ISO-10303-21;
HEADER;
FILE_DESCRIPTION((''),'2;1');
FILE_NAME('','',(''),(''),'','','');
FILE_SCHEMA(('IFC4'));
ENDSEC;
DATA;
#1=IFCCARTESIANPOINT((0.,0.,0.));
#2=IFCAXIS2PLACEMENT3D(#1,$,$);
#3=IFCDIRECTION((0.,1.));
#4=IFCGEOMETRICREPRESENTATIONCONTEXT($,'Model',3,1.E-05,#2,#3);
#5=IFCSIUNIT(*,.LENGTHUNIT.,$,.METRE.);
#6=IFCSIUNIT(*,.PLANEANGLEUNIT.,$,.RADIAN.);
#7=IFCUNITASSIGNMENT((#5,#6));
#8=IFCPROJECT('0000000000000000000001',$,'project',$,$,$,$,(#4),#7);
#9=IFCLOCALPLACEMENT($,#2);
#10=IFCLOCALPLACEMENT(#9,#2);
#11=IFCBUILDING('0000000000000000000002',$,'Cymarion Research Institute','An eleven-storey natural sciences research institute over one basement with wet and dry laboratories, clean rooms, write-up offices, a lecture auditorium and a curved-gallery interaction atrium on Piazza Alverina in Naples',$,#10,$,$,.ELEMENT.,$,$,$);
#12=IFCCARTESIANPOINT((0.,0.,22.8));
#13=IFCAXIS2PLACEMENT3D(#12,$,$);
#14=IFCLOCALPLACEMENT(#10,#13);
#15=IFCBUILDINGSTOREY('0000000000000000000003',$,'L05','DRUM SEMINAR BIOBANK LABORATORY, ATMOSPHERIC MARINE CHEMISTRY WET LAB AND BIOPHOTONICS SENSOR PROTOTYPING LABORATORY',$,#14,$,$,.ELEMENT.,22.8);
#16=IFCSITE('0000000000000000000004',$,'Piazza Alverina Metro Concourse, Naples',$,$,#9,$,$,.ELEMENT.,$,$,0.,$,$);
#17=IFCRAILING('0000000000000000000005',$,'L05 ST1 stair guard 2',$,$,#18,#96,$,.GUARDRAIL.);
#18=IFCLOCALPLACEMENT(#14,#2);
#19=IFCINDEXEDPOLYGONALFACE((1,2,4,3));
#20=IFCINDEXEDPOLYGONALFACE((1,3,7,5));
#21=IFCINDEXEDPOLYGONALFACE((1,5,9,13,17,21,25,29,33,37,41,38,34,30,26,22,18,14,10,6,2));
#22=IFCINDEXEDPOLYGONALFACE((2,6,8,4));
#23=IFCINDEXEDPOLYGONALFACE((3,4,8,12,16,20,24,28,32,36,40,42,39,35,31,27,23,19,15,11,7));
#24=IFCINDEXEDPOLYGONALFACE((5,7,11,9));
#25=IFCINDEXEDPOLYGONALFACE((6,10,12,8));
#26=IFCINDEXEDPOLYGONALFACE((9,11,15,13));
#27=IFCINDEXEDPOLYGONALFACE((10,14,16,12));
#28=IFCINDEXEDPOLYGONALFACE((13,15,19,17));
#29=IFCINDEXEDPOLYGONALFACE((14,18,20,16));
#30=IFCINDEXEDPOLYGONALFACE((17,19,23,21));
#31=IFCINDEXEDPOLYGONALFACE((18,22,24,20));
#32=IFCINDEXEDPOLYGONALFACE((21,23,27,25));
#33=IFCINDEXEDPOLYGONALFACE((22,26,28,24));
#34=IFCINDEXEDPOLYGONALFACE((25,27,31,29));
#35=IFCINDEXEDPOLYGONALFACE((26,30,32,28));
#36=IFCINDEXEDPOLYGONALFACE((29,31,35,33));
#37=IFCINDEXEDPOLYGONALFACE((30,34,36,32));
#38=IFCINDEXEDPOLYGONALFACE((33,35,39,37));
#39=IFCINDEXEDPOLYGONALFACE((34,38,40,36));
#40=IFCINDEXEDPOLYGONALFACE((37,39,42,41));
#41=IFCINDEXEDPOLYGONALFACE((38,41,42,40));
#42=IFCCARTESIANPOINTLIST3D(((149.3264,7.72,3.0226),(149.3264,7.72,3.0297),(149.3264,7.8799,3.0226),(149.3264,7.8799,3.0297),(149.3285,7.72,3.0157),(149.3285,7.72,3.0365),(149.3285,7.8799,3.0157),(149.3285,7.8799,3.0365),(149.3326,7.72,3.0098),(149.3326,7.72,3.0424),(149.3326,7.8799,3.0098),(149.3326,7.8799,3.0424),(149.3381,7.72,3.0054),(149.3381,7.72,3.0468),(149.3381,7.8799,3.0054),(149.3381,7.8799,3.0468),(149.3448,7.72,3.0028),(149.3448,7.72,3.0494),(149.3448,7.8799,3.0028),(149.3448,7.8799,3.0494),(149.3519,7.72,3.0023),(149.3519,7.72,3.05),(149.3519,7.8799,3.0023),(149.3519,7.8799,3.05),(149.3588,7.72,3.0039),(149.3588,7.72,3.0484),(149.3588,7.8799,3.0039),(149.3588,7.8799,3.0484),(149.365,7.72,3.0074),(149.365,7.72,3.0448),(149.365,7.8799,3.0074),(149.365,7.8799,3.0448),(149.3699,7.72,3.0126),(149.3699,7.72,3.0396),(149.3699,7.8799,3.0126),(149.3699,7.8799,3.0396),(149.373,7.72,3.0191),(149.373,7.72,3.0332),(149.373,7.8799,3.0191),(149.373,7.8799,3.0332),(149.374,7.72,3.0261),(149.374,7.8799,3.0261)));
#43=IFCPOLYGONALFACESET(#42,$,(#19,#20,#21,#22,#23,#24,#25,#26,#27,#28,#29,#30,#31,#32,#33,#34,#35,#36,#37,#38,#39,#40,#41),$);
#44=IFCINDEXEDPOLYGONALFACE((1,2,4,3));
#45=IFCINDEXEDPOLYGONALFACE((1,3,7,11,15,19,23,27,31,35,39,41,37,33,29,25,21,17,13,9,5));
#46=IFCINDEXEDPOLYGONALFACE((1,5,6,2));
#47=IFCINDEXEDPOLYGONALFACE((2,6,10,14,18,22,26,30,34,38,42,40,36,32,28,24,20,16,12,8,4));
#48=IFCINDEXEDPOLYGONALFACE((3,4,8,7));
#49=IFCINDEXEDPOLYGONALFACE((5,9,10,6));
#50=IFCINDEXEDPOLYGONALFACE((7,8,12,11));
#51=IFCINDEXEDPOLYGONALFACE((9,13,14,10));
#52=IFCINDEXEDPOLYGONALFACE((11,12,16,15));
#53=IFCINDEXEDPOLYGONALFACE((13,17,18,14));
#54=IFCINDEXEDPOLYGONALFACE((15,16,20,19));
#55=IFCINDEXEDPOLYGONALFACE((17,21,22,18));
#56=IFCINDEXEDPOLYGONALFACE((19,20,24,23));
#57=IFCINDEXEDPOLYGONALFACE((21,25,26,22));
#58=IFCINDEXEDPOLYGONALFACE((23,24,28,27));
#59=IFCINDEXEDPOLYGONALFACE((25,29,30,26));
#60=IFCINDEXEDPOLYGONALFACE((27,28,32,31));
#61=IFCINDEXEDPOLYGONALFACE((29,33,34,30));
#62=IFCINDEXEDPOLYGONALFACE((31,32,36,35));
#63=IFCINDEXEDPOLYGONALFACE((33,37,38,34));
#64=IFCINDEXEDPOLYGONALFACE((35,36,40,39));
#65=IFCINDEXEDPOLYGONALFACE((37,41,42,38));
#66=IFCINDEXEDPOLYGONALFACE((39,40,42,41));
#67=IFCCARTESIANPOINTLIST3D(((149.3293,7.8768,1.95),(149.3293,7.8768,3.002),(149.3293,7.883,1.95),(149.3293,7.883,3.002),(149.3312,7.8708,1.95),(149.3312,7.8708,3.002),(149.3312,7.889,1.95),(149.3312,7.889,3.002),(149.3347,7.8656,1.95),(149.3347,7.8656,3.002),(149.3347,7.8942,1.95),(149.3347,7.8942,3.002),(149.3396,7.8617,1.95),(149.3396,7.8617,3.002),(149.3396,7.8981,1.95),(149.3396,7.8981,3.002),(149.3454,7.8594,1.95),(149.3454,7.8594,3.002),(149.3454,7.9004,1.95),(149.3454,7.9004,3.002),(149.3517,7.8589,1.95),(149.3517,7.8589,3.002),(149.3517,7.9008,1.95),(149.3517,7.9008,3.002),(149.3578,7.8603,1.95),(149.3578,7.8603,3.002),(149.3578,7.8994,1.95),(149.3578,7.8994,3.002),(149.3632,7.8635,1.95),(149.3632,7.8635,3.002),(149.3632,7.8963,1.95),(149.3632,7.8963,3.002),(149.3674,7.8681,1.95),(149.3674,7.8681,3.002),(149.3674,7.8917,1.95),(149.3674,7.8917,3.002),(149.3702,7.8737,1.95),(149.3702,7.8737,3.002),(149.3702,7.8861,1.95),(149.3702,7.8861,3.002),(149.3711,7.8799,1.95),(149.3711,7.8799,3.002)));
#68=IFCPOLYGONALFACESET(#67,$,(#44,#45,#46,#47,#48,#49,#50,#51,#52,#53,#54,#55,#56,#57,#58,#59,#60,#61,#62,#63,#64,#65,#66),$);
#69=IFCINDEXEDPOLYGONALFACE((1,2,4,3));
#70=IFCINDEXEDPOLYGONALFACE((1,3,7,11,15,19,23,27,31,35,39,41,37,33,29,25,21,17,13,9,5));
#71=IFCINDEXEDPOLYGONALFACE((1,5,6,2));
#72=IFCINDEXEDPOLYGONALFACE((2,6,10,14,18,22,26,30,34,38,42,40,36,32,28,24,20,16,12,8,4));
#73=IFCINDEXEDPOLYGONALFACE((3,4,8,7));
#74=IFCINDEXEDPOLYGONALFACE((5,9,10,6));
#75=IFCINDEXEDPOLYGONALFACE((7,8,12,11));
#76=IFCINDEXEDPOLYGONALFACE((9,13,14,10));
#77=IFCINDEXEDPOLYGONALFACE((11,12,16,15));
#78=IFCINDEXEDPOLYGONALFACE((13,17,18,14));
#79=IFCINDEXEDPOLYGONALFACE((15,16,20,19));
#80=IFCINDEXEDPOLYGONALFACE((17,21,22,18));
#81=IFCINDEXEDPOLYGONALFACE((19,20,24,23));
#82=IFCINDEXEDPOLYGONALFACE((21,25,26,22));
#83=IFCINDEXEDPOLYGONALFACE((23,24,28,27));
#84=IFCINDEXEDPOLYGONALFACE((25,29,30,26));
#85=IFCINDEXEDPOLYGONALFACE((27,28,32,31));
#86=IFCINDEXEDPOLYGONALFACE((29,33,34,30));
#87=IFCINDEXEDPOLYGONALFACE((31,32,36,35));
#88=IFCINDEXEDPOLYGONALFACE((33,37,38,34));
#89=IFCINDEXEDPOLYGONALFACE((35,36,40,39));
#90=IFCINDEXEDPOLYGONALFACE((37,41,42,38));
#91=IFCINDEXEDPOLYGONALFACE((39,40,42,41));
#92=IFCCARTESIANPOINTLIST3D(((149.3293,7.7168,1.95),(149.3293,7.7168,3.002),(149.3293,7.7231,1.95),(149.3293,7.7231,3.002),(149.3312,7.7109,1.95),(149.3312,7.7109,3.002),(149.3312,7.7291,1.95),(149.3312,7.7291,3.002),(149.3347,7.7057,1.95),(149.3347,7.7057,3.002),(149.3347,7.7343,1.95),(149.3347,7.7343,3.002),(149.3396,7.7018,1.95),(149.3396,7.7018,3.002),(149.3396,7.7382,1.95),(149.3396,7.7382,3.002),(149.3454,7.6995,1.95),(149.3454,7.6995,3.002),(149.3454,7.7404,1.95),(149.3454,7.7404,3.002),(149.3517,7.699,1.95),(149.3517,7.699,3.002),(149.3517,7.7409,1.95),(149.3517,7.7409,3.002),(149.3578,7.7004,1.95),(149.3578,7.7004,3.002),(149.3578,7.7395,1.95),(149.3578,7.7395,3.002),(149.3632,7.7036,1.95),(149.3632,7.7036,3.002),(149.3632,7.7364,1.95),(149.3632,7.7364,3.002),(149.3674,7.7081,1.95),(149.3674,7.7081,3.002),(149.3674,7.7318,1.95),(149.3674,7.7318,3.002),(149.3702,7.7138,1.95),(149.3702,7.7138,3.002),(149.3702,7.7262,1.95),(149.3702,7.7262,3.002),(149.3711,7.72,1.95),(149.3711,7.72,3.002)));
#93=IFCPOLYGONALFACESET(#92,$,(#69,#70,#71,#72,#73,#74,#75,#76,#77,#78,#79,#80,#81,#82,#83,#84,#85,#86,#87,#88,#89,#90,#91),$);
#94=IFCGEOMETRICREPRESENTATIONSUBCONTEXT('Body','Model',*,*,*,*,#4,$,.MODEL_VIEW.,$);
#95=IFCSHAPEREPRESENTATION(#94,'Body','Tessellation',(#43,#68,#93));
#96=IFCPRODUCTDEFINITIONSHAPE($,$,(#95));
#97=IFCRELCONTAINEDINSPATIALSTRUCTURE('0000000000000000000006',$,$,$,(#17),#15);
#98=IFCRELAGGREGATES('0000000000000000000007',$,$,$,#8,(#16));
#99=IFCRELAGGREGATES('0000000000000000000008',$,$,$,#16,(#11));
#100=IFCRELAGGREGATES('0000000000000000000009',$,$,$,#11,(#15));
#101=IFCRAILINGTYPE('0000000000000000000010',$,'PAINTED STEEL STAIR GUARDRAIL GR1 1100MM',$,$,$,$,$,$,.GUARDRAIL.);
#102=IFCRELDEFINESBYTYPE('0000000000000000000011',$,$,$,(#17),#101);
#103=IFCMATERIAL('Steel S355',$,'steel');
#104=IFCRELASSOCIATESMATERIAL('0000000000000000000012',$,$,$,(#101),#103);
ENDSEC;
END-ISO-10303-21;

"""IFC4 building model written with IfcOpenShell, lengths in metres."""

from ifc_helpers import new_model, si_unit, direction, frame, origin, origin_2d, place, context, subcontext, project, spatial, circle, extrude, material, type_object, element, save


model = new_model("IFC4")

# Units and contexts
model_context = context("Model", 3, precision=1e-05, world=origin(), true_north=direction((0.0, 1.0)))
body_context = subcontext(model_context, "Body", "Model", "MODEL_VIEW")
ifc_project = project(units=[si_unit("LENGTHUNIT", "METRE"), si_unit("PLANEANGLEUNIT", "RADIAN")], contexts=[model_context])

# Site, building, storey
site_placement = place(None, origin())
site = spatial("IfcSite", under=ifc_project, at=site_placement, Name="Piazza Alverina Metro Concourse, Naples", CompositionType="ELEMENT", RefElevation=0.0)
building_placement = place(site_placement, origin())
building = spatial("IfcBuilding", under=site, at=building_placement, Name="Cymarion Research Institute", Description="An eleven-storey natural sciences research institute over one basement with wet and dry laboratories, clean rooms, write-up offices, a lecture auditorium and a curved-gallery interaction atrium on Piazza Alverina in Naples", CompositionType="ELEMENT")
storey_placement = place(building_placement, frame((0.0, 0.0, 22.8)))
storey = spatial("IfcBuildingStorey", under=building, at=storey_placement, Name="L05", Description="DRUM SEMINAR BIOBANK LABORATORY, ATMOSPHERIC MARINE CHEMISTRY WET LAB AND BIOPHOTONICS SENSOR PROTOTYPING LABORATORY", CompositionType="ELEMENT", Elevation=22.8)

# Shared definitions
ifc_material_1 = material(Name="Steel S355", Category="steel")

# Railing
railing_type_1 = type_object("IfcRailingType", Name="PAINTED STEEL STAIR GUARDRAIL GR1 1100MM", PredefinedType="GUARDRAIL", material=ifc_material_1)
railing_1_placement = place(storey_placement, frame((149.3501, 7.8799, 1.95)))
element("IfcRailing", 1, at=railing_1_placement, inside=storey, type_object=railing_type_1, Name="L05 ST1 stair guard 2", PredefinedType="GUARDRAIL", context=body_context, shape_type="SweptSolid", body=[
    extrude(circle(Radius=0.0239, at=origin_2d()), frame((0.0, 0.0, 1.0762), z_axis=(0.0, -1.0, 0.0), x_axis=(1.0, 0.0, 0.0)), (0.0, 0.0, 1.0), 0.1599),
    extrude(circle(Radius=0.021, at=origin_2d()), origin(), (0.0, 0.0, 1.0), 1.052),
    extrude(circle(Radius=0.021, at=origin_2d()), frame((0.0, -0.1599, 0.0)), (0.0, 0.0, 1.0), 1.052),
])

save(model, "model.ifc")
